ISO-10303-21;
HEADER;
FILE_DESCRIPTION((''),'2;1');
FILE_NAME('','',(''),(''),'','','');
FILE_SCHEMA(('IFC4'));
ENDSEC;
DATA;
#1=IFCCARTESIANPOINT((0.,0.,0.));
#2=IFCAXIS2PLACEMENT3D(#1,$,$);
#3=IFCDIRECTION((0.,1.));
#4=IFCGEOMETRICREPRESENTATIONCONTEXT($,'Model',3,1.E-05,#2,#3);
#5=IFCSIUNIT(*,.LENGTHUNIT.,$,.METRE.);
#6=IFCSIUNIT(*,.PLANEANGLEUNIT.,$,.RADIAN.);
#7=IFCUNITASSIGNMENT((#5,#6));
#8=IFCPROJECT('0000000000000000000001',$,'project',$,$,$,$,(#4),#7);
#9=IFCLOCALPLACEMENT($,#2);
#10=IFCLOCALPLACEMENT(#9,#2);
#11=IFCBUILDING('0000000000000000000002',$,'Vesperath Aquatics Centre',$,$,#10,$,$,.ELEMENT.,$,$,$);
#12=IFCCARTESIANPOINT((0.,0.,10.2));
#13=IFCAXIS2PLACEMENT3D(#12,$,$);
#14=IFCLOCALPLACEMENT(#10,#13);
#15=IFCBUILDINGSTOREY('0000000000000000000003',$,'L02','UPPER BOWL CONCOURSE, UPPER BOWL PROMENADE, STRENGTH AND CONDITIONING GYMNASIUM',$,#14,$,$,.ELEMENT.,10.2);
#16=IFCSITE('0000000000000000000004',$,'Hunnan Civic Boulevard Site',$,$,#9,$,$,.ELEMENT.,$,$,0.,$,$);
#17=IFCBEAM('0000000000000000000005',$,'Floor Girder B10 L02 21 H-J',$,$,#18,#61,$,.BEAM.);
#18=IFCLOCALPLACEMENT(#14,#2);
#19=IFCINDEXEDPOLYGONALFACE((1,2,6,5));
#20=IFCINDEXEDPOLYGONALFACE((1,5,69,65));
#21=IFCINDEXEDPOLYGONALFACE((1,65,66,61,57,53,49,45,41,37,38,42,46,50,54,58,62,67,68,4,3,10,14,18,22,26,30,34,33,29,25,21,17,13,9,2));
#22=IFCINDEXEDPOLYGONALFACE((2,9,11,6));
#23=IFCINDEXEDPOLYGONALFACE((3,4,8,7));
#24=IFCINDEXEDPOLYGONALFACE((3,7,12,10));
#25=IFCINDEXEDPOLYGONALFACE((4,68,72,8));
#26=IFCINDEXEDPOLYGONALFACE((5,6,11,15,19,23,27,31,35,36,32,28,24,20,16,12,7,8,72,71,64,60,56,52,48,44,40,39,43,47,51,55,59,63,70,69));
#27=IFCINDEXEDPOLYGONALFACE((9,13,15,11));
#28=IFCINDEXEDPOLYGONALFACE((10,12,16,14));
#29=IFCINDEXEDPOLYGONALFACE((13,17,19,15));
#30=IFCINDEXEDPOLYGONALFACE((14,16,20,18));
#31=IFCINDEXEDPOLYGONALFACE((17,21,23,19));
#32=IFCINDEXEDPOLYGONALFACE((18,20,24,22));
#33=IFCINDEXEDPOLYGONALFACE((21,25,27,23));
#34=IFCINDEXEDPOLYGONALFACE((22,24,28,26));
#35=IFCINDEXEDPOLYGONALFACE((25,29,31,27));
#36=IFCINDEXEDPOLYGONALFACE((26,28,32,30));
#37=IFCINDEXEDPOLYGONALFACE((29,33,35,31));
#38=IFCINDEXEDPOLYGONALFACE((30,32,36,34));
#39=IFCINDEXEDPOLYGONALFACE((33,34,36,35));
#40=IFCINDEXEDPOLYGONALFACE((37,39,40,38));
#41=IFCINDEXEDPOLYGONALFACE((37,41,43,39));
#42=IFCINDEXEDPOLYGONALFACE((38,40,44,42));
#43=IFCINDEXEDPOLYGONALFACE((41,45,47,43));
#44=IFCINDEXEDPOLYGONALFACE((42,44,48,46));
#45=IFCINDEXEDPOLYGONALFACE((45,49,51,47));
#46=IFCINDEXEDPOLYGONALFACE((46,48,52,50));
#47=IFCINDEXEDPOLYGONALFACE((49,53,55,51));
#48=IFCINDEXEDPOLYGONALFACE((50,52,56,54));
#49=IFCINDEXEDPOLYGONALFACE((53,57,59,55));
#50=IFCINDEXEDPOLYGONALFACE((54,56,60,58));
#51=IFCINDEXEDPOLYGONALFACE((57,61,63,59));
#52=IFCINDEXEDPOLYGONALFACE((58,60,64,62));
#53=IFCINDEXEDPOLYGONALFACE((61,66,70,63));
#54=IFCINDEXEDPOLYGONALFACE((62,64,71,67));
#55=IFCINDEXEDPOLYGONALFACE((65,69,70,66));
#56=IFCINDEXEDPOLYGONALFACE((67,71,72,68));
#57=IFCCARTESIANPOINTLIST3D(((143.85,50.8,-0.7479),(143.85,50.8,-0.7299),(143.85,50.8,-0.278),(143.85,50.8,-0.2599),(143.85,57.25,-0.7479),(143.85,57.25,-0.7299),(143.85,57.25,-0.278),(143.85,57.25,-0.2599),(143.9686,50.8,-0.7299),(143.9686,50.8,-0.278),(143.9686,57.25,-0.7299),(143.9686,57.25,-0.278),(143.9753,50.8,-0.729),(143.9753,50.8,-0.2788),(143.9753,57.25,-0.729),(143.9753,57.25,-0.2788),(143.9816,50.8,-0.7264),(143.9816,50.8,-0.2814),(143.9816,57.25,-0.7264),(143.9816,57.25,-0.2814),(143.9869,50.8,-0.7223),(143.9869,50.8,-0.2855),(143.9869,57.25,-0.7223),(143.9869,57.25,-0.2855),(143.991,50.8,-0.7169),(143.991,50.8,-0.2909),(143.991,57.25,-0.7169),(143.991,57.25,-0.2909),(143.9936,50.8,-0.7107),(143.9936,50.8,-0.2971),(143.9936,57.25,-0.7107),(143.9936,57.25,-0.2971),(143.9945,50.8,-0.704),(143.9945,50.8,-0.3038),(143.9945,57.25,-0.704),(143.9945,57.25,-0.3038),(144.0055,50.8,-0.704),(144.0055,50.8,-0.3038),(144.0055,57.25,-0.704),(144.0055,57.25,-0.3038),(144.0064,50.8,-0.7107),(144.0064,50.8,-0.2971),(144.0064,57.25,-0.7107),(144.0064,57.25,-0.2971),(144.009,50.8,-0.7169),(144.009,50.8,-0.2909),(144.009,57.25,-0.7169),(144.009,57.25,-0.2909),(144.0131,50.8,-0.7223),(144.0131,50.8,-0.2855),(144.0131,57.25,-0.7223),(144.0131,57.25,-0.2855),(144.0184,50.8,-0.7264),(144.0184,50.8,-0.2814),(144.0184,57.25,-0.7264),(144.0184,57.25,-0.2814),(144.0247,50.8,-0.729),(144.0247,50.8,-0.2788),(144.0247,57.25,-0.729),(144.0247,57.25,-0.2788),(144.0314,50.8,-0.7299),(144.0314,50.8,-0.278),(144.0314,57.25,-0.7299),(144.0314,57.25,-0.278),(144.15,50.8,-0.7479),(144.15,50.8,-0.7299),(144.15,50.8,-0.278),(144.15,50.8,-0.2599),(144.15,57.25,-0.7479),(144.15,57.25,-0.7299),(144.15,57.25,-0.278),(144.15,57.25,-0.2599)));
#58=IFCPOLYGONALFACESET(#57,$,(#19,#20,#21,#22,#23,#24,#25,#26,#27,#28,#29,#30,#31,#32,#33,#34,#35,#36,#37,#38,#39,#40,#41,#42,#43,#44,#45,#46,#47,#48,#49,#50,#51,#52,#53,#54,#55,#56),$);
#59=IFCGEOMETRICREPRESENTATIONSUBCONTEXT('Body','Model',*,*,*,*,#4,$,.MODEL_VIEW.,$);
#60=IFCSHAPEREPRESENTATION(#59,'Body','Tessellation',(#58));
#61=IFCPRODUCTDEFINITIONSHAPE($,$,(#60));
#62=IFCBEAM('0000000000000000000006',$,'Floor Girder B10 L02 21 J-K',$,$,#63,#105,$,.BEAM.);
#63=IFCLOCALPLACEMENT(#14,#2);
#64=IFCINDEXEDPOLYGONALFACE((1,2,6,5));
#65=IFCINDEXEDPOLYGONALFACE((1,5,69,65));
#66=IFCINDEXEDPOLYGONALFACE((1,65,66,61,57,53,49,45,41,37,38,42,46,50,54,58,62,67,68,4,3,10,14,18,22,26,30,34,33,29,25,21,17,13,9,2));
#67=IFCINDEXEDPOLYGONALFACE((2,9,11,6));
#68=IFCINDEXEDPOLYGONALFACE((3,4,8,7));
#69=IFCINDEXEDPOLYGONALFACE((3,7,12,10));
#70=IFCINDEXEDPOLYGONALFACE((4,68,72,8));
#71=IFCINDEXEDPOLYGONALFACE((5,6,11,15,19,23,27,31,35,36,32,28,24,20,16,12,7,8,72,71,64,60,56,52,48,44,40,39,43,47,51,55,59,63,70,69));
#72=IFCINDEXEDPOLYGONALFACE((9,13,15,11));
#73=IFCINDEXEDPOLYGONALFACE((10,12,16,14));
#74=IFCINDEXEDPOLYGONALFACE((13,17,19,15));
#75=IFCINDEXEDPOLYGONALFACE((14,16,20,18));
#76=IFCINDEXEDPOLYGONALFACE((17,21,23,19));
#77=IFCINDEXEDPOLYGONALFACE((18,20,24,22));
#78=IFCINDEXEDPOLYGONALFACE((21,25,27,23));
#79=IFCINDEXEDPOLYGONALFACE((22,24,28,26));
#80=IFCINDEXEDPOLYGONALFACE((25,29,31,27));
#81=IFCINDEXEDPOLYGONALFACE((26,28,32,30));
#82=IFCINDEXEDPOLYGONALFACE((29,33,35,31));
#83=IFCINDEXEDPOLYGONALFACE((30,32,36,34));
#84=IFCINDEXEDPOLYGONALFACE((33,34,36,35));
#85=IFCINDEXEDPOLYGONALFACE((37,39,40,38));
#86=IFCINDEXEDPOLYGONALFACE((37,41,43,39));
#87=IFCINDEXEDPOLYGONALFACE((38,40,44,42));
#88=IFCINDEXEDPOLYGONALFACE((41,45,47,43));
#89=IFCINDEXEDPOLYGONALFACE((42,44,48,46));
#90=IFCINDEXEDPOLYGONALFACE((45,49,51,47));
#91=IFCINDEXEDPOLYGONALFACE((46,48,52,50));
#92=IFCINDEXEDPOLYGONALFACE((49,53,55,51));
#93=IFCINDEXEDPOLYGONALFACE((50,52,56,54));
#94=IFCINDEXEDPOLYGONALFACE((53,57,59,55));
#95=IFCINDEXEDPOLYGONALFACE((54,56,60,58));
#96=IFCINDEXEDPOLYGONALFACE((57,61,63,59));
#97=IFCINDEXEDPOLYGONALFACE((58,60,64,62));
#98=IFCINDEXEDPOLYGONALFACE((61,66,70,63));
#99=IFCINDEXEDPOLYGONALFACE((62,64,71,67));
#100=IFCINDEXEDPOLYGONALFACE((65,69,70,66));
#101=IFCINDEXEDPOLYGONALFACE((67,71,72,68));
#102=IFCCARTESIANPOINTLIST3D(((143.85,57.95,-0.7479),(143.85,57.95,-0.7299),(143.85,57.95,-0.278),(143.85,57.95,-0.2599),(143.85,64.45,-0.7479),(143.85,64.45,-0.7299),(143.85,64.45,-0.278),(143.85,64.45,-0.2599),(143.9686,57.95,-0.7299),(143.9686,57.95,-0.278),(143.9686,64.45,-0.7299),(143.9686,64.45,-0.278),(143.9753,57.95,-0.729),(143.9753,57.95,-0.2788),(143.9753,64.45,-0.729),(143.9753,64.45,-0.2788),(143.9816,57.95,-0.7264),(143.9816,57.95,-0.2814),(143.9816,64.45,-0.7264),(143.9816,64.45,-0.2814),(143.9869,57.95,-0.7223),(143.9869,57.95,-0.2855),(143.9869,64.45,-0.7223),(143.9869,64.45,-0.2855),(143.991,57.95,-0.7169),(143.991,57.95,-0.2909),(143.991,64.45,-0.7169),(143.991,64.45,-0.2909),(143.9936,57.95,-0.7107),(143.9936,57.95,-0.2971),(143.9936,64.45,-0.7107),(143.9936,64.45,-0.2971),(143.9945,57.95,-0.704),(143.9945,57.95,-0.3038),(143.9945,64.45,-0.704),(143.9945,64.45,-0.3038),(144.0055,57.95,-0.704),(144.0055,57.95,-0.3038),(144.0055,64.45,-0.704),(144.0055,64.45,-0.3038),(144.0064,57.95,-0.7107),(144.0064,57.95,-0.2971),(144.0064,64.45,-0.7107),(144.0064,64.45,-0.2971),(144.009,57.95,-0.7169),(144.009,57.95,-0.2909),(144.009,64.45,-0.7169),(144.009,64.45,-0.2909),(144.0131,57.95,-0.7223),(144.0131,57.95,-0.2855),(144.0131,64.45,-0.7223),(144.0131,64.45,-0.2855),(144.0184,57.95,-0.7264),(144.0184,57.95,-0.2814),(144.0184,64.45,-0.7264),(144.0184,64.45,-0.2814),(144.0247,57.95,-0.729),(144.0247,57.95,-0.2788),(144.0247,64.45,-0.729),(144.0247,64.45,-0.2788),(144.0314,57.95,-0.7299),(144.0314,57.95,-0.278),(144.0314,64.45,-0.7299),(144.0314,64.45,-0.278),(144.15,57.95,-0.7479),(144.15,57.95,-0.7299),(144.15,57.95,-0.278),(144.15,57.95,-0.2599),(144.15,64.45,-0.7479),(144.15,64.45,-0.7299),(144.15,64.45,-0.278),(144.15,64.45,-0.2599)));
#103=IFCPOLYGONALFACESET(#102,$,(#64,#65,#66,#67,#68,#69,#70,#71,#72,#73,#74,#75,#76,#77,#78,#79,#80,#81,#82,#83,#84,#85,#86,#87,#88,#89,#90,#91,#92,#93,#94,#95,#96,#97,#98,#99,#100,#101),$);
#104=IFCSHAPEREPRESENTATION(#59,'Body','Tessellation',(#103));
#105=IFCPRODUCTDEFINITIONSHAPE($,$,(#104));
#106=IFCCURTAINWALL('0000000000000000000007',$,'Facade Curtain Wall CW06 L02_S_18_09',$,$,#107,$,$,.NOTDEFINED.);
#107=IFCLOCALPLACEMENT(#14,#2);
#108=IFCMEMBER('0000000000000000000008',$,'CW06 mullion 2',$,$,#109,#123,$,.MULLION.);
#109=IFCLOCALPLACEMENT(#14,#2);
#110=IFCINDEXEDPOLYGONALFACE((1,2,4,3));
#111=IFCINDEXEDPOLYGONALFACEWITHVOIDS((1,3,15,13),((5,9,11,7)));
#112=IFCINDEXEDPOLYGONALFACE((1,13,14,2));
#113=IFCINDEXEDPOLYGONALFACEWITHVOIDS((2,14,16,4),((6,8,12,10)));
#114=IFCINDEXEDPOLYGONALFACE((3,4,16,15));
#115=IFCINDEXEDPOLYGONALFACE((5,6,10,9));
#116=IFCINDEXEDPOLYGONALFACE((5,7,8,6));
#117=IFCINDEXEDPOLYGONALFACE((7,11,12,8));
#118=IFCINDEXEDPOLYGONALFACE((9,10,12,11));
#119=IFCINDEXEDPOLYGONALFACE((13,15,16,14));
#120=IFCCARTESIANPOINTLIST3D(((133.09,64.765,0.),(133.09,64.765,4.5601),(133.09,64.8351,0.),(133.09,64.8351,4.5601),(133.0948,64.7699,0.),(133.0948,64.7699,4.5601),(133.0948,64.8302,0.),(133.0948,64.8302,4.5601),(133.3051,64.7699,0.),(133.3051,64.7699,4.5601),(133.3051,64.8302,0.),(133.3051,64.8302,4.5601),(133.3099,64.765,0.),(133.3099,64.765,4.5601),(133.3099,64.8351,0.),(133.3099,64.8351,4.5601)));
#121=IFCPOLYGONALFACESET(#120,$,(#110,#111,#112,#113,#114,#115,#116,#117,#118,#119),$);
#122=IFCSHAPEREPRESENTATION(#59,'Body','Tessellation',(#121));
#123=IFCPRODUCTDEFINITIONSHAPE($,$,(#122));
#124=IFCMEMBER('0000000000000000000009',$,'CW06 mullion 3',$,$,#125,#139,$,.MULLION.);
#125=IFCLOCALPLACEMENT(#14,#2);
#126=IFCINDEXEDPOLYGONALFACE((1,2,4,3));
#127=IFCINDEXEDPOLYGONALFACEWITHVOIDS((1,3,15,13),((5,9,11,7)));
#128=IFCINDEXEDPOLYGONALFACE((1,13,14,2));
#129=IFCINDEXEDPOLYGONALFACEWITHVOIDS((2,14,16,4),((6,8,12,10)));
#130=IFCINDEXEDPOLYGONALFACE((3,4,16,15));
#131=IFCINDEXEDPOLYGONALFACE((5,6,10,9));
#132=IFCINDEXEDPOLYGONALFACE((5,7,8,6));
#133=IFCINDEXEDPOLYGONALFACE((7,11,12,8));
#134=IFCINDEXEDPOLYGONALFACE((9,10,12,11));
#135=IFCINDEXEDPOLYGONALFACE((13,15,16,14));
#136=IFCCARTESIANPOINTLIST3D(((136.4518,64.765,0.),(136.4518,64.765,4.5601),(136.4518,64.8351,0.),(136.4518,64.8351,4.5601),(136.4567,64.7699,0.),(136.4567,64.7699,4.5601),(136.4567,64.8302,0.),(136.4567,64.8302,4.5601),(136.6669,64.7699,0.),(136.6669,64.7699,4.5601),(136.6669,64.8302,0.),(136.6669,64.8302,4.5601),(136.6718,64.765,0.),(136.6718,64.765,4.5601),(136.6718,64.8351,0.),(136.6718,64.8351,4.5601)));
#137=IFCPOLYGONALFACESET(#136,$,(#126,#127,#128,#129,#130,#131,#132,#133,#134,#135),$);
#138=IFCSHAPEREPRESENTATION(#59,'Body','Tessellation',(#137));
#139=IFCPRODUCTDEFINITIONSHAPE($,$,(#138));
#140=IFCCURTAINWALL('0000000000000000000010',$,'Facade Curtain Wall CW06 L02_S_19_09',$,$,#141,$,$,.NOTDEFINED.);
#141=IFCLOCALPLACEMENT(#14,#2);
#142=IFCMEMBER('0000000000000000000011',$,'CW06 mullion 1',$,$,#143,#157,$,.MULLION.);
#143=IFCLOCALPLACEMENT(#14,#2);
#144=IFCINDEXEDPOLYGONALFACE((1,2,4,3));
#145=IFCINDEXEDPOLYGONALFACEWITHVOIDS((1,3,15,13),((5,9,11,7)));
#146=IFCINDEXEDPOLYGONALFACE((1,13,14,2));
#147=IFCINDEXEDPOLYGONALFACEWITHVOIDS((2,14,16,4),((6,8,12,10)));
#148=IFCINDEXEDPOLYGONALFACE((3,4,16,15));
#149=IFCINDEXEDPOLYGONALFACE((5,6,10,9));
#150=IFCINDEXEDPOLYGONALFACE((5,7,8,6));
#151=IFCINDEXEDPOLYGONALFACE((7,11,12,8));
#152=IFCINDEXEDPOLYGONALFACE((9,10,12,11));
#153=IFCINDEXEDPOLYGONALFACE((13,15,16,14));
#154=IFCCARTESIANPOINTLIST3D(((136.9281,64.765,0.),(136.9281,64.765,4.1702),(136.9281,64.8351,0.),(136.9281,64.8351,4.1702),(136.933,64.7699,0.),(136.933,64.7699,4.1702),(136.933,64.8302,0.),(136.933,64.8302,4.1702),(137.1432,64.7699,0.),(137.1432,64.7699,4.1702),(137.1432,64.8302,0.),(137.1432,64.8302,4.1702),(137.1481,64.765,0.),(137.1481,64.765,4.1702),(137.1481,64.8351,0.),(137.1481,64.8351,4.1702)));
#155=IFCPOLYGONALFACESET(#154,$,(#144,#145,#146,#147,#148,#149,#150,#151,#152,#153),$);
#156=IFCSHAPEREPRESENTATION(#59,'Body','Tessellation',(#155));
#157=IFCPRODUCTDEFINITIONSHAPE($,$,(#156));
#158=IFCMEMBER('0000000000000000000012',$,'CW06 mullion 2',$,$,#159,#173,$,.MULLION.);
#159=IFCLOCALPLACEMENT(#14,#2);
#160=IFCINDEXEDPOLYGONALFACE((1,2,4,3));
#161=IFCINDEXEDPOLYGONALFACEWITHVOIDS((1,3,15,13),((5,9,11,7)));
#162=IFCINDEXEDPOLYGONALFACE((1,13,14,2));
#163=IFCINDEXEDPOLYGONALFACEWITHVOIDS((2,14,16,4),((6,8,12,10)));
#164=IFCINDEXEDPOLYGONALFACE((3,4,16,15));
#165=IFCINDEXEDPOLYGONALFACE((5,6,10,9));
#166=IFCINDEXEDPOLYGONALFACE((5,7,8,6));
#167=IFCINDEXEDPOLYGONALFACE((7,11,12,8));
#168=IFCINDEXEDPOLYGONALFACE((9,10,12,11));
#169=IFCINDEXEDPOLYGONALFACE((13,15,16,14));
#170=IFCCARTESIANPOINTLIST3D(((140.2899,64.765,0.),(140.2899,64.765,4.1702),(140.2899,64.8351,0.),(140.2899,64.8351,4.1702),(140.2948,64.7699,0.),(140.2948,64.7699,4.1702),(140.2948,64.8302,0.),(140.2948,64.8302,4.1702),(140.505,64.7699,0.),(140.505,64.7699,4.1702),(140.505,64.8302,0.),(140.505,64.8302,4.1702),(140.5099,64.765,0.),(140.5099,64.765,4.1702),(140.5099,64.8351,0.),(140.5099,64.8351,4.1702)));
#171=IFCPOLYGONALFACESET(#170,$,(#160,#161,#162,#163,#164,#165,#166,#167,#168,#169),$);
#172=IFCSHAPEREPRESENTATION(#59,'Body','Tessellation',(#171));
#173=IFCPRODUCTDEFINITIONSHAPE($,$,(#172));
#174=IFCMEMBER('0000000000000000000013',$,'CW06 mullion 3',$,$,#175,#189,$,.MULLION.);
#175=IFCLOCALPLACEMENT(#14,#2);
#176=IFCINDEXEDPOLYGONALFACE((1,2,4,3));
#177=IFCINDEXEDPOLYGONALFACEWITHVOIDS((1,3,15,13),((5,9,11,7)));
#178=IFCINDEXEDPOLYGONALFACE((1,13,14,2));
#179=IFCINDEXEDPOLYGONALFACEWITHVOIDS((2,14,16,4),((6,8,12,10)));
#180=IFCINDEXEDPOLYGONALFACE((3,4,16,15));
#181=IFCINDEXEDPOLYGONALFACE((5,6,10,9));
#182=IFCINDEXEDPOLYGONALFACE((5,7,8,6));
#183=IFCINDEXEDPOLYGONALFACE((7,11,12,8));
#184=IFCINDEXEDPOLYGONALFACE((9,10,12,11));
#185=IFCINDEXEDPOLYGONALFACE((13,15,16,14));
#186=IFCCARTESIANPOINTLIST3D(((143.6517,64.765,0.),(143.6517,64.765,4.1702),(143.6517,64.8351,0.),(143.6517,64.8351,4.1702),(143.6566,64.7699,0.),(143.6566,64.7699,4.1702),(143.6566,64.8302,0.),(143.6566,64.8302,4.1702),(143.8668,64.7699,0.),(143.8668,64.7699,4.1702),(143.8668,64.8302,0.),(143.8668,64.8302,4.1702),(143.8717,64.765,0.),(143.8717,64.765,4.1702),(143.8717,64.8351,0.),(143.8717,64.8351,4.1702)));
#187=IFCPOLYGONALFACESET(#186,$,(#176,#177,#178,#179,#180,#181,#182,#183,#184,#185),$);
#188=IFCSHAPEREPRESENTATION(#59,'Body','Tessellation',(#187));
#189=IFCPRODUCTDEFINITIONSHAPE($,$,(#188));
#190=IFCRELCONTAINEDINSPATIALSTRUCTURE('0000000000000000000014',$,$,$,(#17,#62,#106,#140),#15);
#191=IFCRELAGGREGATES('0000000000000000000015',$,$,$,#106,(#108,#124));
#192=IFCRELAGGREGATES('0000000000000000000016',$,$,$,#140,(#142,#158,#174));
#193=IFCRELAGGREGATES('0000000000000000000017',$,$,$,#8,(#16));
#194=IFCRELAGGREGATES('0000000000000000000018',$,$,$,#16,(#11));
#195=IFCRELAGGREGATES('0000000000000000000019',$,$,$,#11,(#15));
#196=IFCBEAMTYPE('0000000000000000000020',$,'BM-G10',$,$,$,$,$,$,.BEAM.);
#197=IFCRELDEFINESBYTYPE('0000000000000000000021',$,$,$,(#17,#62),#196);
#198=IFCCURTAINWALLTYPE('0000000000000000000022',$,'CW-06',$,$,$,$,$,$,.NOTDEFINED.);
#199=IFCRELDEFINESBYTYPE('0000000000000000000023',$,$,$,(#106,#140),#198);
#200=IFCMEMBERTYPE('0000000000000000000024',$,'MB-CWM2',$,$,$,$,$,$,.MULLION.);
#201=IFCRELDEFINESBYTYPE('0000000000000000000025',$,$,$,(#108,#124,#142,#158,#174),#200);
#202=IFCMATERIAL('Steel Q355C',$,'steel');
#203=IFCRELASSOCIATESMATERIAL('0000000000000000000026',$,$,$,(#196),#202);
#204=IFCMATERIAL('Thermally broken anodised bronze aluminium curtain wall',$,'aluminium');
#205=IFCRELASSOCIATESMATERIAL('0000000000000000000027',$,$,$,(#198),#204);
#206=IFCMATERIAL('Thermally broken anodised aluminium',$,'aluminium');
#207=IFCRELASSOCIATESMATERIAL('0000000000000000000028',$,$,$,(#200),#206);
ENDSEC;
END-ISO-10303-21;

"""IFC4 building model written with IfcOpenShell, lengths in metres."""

from ifc_helpers import new_model, si_unit, direction, frame, origin, origin_2d, place, context, subcontext, project, spatial, hollow_rectangle, i_section, extrude, material, material_profile, profile_set, type_object, element, aggregate, save


model = new_model("IFC4")

# Units and contexts
model_context = context("Model", 3, precision=1e-05, world=origin(), true_north=direction((0.0, 1.0)))
body_context = subcontext(model_context, "Body", "Model", "MODEL_VIEW")
ifc_project = project(units=[si_unit("LENGTHUNIT", "METRE"), si_unit("PLANEANGLEUNIT", "RADIAN")], contexts=[model_context])

# Site, building, storey
site_placement = place(None, origin())
site = spatial("IfcSite", under=ifc_project, at=site_placement, Name="Hunnan Civic Boulevard Site", CompositionType="ELEMENT", RefElevation=0.0)
building_placement = place(site_placement, origin())
building = spatial("IfcBuilding", under=site, at=building_placement, Name="Vesperath Aquatics Centre", CompositionType="ELEMENT")
storey_placement = place(building_placement, frame((0.0, 0.0, 10.2)))
storey = spatial("IfcBuildingStorey", under=building, at=storey_placement, Name="L02", Description="UPPER BOWL CONCOURSE, UPPER BOWL PROMENADE, STRENGTH AND CONDITIONING GYMNASIUM", CompositionType="ELEMENT", Elevation=10.2)

# Beams
ifc_material_1 = material(Name="Steel Q355C", Category="steel")
ifc_material_profile_1 = material_profile(ifc_material_1, i_section(OverallWidth=0.3, OverallDepth=0.488, WebThickness=0.011, FlangeThickness=0.0181, FilletRadius=0.0259, at=origin_2d()), Name="HM 488x300x11x18")
ifc_profile_set_1 = profile_set([ifc_material_profile_1], Name="Steel Q355C")
beam_type = type_object("IfcBeamType", Name="BM-G10", PredefinedType="BEAM", material=ifc_profile_set_1)
beam_1_placement = place(storey_placement, frame((144.0, 50.8, -0.5039), z_axis=(0.0, 1.0, 0.0), x_axis=(-1.0, 0.0, 0.0)))
element("IfcBeam", 1, at=beam_1_placement, inside=storey, type_object=beam_type, Name="Floor Girder B10 L02 21 H-J", PredefinedType="BEAM", context=body_context, shape_type="SweptSolid", body=[
    extrude(i_section(OverallWidth=0.3, OverallDepth=0.488, WebThickness=0.011, FlangeThickness=0.0181, FilletRadius=0.0259, at=origin_2d()), origin(), (0.0, 0.0, 1.0), 6.45),
])
beam_2_placement = place(storey_placement, frame((144.0, 57.95, -0.5039), z_axis=(0.0, 1.0, 0.0), x_axis=(-1.0, 0.0, 0.0)))
element("IfcBeam", 2, at=beam_2_placement, inside=storey, type_object=beam_type, Name="Floor Girder B10 L02 21 J-K", PredefinedType="BEAM", context=body_context, shape_type="SweptSolid", body=[
    extrude(i_section(OverallWidth=0.3, OverallDepth=0.488, WebThickness=0.011, FlangeThickness=0.0181, FilletRadius=0.0259, at=origin_2d()), origin(), (0.0, 0.0, 1.0), 6.5),
])

# Curtain walls, members
ifc_material_2 = material(Name="Thermally broken anodised bronze aluminium curtain wall", Category="aluminium")
curtain_wall_type = type_object("IfcCurtainWallType", Name="CW-06", PredefinedType="NOTDEFINED", material=ifc_material_2)
curtain_wall_1_placement = place(storey_placement, origin())
curtain_wall_1 = element("IfcCurtainWall", 3, at=curtain_wall_1_placement, inside=storey, type_object=curtain_wall_type, Name="Facade Curtain Wall CW06 L02_S_18_09", PredefinedType="NOTDEFINED")
ifc_material_3 = material(Name="Thermally broken anodised aluminium", Category="aluminium")
ifc_material_profile_2 = material_profile(ifc_material_3, hollow_rectangle(XDim=0.0701, YDim=0.22, WallThickness=0.0049, at=origin_2d()), Name="CWM 70x220x5")
ifc_profile_set_2 = profile_set([ifc_material_profile_2], Name="Thermally broken anodised aluminium")
member_type_1 = type_object("IfcMemberType", Name="MB-CWM2", PredefinedType="MULLION", material=ifc_profile_set_2)
member_1_placement = place(storey_placement, frame((133.2, 64.8, 0.0), z_axis=(0.0, 0.0, 1.0), x_axis=(0.0, 1.0, 0.0)))
member_1 = element("IfcMember", 4, at=member_1_placement, type_object=member_type_1, Name="CW06 mullion 2", PredefinedType="MULLION", context=body_context, shape_type="SweptSolid", body=[
    extrude(hollow_rectangle(XDim=0.0701, YDim=0.22, WallThickness=0.0049, at=origin_2d()), origin(), (0.0, 0.0, 1.0), 4.5601),
])
member_2_placement = place(storey_placement, frame((136.5618, 64.8, 0.0), z_axis=(0.0, 0.0, 1.0), x_axis=(0.0, 1.0, 0.0)))
member_2 = element("IfcMember", 5, at=member_2_placement, type_object=member_type_1, Name="CW06 mullion 3", PredefinedType="MULLION", context=body_context, shape_type="SweptSolid", body=[
    extrude(hollow_rectangle(XDim=0.0701, YDim=0.22, WallThickness=0.0049, at=origin_2d()), origin(), (0.0, 0.0, 1.0), 4.5601),
])
curtain_wall_2_placement = place(storey_placement, origin())
curtain_wall_2 = element("IfcCurtainWall", 6, at=curtain_wall_2_placement, inside=storey, type_object=curtain_wall_type, Name="Facade Curtain Wall CW06 L02_S_19_09", PredefinedType="NOTDEFINED")
member_3_placement = place(storey_placement, frame((137.0381, 64.8, 0.0), z_axis=(0.0, 0.0, 1.0), x_axis=(0.0, 1.0, 0.0)))
member_3 = element("IfcMember", 7, at=member_3_placement, type_object=member_type_1, Name="CW06 mullion 1", PredefinedType="MULLION", context=body_context, shape_type="SweptSolid", body=[
    extrude(hollow_rectangle(XDim=0.0701, YDim=0.22, WallThickness=0.0049, at=origin_2d()), origin(), (0.0, 0.0, 1.0), 4.1702),
])
member_4_placement = place(storey_placement, frame((140.3999, 64.8, 0.0), z_axis=(0.0, 0.0, 1.0), x_axis=(0.0, 1.0, 0.0)))
member_4 = element("IfcMember", 8, at=member_4_placement, type_object=member_type_1, Name="CW06 mullion 2", PredefinedType="MULLION", context=body_context, shape_type="SweptSolid", body=[
    extrude(hollow_rectangle(XDim=0.0701, YDim=0.22, WallThickness=0.0049, at=origin_2d()), origin(), (0.0, 0.0, 1.0), 4.1702),
])
member_5_placement = place(storey_placement, frame((143.7617, 64.8, 0.0), z_axis=(0.0, 0.0, 1.0), x_axis=(0.0, 1.0, 0.0)))
member_5 = element("IfcMember", 9, at=member_5_placement, type_object=member_type_1, Name="CW06 mullion 3", PredefinedType="MULLION", context=body_context, shape_type="SweptSolid", body=[
    extrude(hollow_rectangle(XDim=0.0701, YDim=0.22, WallThickness=0.0049, at=origin_2d()), origin(), (0.0, 0.0, 1.0), 4.1702),
])

aggregate(curtain_wall_1, [member_1, member_2])
aggregate(curtain_wall_2, [member_3, member_4, member_5])

save(model, "model.ifc")
